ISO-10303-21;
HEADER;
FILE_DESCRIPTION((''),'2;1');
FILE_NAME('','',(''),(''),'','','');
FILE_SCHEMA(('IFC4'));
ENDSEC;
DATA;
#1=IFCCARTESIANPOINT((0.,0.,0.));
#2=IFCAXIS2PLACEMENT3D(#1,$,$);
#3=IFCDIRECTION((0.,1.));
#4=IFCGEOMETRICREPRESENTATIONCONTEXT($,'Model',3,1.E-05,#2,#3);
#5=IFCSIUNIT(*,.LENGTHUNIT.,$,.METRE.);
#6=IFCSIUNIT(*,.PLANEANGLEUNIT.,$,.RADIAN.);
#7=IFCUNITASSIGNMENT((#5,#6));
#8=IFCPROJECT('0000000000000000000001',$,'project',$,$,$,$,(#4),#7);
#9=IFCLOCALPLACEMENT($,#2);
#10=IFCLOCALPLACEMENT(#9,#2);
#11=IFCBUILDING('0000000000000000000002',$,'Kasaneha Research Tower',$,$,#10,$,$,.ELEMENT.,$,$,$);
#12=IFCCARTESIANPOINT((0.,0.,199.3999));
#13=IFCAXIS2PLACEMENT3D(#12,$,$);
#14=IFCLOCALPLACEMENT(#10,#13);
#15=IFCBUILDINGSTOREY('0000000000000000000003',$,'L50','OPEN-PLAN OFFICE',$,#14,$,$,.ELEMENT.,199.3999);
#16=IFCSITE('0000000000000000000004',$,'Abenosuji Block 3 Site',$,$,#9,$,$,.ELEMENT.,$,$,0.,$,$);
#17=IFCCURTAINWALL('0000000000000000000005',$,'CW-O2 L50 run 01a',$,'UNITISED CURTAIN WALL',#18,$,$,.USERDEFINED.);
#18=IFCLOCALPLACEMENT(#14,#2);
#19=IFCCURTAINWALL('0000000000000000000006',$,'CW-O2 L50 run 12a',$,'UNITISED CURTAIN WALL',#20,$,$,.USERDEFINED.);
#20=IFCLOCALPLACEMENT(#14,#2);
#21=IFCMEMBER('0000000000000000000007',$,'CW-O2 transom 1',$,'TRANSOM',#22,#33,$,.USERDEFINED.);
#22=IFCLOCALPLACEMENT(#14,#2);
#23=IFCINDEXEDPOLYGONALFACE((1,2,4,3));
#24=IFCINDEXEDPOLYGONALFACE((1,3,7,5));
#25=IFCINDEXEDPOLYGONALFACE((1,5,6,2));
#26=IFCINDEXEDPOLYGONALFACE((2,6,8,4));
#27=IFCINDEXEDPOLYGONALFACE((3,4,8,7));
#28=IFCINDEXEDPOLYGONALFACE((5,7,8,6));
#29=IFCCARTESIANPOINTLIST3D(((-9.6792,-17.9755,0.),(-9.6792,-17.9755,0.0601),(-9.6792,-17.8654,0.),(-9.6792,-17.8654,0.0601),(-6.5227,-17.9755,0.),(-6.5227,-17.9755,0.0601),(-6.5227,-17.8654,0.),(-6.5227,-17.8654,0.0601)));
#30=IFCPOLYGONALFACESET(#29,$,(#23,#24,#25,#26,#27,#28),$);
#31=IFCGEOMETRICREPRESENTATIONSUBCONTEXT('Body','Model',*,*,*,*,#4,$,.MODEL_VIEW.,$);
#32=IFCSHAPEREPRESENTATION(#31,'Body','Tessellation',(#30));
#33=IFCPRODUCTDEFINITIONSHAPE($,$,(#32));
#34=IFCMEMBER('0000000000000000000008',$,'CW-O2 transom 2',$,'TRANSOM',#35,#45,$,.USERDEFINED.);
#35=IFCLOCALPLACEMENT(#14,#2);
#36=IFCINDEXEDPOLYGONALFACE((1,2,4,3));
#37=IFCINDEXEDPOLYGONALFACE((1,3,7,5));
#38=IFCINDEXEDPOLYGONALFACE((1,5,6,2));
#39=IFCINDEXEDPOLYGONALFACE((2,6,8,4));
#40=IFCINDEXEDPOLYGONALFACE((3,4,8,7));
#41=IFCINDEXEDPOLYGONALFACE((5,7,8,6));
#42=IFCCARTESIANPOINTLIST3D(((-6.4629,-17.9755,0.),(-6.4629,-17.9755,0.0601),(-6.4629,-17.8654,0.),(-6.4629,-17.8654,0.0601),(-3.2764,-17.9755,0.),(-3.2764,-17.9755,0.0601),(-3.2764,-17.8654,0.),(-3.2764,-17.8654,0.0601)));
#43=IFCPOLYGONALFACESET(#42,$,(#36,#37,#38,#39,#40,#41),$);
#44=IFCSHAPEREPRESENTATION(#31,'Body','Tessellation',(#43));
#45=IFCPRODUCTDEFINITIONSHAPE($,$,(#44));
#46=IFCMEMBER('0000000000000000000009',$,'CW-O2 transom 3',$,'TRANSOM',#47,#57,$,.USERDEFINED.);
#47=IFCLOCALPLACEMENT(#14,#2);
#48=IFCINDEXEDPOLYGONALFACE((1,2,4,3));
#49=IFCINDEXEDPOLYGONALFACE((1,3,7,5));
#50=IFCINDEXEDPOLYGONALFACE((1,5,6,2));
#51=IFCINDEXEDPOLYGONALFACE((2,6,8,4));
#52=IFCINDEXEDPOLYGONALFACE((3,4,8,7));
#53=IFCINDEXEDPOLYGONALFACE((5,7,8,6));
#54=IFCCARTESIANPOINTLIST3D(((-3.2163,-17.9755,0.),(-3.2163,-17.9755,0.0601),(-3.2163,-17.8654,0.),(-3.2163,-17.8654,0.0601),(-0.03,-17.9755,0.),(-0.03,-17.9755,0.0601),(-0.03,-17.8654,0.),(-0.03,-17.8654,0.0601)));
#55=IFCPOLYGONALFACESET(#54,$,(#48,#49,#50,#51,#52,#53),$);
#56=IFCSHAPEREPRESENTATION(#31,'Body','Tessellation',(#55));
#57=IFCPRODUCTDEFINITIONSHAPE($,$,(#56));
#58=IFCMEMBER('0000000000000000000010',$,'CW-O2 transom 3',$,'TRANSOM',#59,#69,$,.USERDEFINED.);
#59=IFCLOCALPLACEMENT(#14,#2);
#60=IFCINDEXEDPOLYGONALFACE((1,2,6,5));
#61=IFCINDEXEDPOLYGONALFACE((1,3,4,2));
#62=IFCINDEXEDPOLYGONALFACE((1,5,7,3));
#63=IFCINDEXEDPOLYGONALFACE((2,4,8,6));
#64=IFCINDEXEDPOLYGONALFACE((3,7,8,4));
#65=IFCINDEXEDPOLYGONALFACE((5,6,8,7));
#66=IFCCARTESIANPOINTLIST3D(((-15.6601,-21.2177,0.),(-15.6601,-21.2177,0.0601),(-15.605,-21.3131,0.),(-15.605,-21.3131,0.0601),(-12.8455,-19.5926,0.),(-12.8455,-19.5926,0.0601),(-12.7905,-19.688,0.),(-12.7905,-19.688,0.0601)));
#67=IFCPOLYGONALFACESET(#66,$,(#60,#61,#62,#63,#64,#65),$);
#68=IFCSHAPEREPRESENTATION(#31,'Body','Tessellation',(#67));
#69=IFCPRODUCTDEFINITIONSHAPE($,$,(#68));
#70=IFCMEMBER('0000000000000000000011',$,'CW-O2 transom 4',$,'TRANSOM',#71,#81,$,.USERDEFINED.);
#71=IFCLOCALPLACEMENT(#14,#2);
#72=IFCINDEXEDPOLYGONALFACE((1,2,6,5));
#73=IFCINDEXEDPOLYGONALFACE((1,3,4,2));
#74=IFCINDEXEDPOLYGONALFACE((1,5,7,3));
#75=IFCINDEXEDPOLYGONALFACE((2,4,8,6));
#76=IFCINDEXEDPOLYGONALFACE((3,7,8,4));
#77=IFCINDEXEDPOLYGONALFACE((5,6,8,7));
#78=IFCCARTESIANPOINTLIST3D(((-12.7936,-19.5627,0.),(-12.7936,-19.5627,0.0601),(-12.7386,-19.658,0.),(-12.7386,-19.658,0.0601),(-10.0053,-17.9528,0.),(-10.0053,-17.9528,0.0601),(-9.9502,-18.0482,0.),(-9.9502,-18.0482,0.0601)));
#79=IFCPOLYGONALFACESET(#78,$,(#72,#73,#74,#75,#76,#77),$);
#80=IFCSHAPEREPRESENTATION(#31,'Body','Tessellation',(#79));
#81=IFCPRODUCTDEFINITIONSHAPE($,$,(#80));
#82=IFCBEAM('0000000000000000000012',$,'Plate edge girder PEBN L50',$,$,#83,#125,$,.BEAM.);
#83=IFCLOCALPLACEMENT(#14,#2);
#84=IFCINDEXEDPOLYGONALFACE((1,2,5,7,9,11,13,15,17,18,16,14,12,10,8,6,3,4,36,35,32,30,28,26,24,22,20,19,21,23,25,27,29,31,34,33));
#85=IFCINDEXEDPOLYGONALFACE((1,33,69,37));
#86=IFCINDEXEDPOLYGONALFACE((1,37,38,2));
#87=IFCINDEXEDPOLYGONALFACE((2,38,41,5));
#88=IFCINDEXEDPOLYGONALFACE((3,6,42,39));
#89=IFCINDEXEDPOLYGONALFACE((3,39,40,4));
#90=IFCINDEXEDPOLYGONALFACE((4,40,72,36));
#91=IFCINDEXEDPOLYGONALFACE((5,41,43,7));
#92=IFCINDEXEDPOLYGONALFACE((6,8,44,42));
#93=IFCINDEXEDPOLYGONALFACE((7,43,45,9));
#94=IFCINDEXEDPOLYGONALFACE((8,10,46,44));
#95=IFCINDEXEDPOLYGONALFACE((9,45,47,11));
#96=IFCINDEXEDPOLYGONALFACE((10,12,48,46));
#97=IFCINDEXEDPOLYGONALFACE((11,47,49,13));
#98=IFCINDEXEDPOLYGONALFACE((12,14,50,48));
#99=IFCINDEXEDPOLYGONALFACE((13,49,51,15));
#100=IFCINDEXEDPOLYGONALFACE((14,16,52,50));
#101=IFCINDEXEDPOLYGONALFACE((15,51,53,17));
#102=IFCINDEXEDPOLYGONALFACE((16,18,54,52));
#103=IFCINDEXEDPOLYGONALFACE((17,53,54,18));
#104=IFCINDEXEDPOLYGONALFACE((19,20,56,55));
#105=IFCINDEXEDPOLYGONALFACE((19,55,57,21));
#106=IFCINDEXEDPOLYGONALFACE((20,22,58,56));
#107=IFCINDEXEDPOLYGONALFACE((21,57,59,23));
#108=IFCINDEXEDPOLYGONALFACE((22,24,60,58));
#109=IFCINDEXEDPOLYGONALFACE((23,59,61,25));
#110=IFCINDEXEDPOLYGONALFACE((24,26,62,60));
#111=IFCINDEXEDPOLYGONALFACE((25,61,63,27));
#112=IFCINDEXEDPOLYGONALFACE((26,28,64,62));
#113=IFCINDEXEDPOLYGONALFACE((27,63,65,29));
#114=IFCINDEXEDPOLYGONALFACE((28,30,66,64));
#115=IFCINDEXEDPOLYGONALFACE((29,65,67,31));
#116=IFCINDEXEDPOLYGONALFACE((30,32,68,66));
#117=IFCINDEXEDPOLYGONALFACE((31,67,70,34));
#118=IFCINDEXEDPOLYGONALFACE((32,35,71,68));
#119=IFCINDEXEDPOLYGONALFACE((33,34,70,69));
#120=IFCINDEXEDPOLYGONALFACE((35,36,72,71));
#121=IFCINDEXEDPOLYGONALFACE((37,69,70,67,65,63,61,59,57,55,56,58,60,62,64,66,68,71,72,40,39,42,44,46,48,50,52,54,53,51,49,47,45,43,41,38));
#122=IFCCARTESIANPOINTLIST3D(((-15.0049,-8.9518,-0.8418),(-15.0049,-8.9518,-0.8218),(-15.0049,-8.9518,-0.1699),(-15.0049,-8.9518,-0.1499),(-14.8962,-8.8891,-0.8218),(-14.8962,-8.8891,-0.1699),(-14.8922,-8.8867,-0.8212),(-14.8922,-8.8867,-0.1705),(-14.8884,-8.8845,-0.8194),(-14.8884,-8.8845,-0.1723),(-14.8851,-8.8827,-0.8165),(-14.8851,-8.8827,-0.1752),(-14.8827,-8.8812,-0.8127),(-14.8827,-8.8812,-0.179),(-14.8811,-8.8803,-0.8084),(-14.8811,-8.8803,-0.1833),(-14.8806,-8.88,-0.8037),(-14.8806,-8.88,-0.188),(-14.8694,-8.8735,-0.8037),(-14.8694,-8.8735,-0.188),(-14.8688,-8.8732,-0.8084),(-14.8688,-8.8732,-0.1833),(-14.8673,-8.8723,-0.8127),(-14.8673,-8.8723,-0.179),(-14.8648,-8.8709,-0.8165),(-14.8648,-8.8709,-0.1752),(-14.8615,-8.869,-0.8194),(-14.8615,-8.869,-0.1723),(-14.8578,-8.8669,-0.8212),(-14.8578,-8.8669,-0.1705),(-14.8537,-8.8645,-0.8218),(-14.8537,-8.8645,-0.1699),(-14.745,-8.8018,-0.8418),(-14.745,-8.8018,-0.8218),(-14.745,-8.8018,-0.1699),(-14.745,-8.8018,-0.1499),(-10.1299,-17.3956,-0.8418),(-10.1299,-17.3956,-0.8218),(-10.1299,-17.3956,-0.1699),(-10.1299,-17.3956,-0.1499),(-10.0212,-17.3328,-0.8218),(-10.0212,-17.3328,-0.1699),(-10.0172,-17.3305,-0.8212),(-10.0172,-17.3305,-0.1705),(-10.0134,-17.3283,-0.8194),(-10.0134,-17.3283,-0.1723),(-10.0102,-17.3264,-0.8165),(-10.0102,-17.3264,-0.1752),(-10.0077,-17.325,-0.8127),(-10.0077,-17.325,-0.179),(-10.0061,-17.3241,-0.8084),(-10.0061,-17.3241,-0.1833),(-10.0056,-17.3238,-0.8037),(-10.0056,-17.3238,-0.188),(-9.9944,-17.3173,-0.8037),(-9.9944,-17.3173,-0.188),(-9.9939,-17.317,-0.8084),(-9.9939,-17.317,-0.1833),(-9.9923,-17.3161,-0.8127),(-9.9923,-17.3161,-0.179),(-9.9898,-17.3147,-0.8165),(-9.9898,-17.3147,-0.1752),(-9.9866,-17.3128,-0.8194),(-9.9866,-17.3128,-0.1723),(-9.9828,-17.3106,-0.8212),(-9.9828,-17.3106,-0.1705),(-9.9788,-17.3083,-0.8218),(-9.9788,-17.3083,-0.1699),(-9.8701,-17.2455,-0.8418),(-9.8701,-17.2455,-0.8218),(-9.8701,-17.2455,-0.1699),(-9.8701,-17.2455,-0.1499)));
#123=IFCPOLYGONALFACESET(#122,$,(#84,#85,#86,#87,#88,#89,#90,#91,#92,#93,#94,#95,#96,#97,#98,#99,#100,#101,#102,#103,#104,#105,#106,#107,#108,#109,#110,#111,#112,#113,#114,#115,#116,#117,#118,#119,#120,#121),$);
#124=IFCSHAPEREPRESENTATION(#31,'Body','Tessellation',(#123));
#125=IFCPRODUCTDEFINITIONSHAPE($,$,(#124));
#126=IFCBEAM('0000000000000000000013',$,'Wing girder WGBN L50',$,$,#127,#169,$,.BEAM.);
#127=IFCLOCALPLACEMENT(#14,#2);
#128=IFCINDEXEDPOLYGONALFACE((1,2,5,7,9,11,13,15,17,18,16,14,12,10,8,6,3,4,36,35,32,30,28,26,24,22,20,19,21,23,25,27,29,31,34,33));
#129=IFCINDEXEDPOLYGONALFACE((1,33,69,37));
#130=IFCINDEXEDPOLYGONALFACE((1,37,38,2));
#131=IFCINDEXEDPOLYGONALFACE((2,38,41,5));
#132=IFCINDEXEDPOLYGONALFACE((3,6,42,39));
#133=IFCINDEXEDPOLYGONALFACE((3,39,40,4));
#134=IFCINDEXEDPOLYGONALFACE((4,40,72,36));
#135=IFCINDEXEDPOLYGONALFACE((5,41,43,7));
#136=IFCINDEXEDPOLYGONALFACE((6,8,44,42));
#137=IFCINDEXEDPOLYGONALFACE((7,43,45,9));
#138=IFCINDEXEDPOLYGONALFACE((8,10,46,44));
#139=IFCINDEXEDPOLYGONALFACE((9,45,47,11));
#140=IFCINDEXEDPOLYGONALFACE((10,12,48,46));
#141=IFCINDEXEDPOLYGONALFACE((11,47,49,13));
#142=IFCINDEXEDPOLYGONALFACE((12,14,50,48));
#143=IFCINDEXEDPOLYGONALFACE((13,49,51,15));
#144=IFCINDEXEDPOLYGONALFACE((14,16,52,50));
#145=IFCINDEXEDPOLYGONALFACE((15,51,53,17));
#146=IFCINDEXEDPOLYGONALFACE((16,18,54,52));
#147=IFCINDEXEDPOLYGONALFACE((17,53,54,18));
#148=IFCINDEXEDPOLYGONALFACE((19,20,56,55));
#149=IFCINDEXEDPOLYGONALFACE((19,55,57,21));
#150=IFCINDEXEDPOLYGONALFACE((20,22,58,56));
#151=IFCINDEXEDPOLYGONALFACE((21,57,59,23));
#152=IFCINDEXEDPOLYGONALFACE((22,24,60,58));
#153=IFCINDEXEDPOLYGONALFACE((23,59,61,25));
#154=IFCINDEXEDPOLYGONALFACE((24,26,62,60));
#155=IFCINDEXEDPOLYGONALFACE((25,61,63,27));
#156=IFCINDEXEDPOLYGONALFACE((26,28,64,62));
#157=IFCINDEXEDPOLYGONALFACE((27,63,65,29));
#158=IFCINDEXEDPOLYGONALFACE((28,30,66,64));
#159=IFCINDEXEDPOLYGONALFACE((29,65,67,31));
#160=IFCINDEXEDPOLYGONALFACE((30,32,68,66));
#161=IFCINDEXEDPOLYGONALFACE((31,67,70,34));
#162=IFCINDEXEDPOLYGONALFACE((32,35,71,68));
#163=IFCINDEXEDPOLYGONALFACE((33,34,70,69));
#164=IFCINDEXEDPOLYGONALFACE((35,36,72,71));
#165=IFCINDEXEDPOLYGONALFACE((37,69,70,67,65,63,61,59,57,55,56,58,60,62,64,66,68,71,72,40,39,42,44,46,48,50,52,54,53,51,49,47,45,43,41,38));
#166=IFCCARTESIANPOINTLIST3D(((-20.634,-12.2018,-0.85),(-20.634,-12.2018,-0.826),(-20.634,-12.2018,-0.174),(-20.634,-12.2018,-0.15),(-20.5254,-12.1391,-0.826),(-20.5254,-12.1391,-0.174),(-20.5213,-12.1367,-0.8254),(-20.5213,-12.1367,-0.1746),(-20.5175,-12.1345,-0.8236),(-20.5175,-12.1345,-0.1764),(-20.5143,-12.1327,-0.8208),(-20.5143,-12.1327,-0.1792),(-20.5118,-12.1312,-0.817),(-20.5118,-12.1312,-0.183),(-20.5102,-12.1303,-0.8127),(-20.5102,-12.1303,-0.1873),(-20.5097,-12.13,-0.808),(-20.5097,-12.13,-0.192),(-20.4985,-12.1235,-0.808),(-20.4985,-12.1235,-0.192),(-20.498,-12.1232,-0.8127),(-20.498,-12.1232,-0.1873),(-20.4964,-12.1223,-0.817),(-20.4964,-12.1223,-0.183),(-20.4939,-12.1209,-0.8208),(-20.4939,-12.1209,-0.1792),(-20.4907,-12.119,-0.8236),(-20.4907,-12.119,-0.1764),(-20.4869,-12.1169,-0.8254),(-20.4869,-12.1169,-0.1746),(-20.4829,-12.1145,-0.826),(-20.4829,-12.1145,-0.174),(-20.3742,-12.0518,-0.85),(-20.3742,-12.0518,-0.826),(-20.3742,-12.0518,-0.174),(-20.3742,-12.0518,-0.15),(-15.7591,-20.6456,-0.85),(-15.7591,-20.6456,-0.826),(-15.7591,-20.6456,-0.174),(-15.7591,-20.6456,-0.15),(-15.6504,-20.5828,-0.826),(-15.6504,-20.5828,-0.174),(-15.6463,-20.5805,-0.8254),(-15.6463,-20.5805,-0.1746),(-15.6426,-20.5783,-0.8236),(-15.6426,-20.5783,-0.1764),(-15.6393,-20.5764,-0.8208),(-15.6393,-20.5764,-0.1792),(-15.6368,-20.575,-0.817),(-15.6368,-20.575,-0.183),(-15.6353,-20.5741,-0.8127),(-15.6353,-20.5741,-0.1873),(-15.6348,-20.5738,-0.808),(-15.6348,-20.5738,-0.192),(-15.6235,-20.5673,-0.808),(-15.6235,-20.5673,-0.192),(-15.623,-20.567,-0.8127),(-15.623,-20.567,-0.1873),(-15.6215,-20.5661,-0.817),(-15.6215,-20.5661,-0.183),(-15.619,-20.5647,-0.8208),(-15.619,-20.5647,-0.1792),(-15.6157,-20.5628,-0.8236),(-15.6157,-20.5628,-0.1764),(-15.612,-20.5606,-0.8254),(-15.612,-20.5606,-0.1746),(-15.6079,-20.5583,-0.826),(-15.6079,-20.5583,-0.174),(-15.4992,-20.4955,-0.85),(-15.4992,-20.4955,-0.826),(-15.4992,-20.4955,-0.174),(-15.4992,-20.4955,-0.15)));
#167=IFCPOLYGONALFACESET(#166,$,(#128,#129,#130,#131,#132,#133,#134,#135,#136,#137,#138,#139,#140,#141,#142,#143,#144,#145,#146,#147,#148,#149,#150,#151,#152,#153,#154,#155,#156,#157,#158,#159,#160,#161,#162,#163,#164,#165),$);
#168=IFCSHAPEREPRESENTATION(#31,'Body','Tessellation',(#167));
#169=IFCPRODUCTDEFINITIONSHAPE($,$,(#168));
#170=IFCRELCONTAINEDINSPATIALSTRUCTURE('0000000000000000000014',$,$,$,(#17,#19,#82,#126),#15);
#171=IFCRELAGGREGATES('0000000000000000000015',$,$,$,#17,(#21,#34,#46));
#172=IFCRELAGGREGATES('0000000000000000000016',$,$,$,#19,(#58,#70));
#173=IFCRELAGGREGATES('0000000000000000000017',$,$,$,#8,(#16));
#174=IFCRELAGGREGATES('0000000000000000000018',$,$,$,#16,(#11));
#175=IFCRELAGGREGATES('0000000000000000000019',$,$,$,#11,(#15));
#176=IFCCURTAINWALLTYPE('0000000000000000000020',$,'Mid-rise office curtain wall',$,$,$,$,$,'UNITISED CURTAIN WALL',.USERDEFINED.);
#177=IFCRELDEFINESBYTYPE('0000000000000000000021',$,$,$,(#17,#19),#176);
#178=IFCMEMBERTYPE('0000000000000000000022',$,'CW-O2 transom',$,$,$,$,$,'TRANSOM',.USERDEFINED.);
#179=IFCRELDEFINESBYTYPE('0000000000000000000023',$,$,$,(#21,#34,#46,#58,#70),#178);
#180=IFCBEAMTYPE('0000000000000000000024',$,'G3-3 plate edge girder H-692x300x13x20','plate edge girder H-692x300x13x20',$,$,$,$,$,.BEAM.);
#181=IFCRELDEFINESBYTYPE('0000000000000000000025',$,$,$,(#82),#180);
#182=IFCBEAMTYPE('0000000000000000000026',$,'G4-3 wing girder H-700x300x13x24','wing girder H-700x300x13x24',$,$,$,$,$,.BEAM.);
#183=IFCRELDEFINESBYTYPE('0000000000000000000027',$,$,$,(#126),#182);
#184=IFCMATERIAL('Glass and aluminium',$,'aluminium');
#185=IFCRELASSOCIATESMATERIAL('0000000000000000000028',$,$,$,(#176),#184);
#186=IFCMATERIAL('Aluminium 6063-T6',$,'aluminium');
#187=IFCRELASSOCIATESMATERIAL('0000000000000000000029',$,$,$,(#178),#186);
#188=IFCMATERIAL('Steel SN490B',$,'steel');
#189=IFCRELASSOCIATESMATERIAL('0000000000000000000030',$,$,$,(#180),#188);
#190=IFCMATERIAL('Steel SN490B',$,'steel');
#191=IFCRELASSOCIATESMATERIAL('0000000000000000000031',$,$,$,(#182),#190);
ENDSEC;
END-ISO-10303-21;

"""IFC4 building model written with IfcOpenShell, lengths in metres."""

from ifc_helpers import new_model, si_unit, direction, frame, origin, origin_2d, place, context, subcontext, project, spatial, rectangle, i_section, extrude, material, material_profile, profile_set, type_object, element, aggregate, save


model = new_model("IFC4")

# Units and contexts
model_context = context("Model", 3, precision=1e-05, world=origin(), true_north=direction((0.0, 1.0)))
body_context = subcontext(model_context, "Body", "Model", "MODEL_VIEW")
ifc_project = project(units=[si_unit("LENGTHUNIT", "METRE"), si_unit("PLANEANGLEUNIT", "RADIAN")], contexts=[model_context])

# Site, building, storey
site_placement = place(None, origin())
site = spatial("IfcSite", under=ifc_project, at=site_placement, Name="Abenosuji Block 3 Site", CompositionType="ELEMENT", RefElevation=0.0)
building_placement = place(site_placement, origin())
building = spatial("IfcBuilding", under=site, at=building_placement, Name="Kasaneha Research Tower", CompositionType="ELEMENT")
storey_placement = place(building_placement, frame((0.0, 0.0, 199.3999)))
storey = spatial("IfcBuildingStorey", under=building, at=storey_placement, Name="L50", Description="OPEN-PLAN OFFICE", CompositionType="ELEMENT", Elevation=199.3999)

# Curtain walls
ifc_material_1 = material(Name="Glass and aluminium", Category="aluminium")
curtain_wall_type = type_object("IfcCurtainWallType", Name="Mid-rise office curtain wall", ElementType="UNITISED CURTAIN WALL", PredefinedType="USERDEFINED", material=ifc_material_1)
curtain_wall_1_placement = place(storey_placement, origin())
curtain_wall_1 = element("IfcCurtainWall", 1, at=curtain_wall_1_placement, inside=storey, type_object=curtain_wall_type, Name="CW-O2 L50 run 01a", ObjectType="UNITISED CURTAIN WALL", PredefinedType="USERDEFINED")
curtain_wall_2_placement = place(storey_placement, origin())
curtain_wall_2 = element("IfcCurtainWall", 2, at=curtain_wall_2_placement, inside=storey, type_object=curtain_wall_type, Name="CW-O2 L50 run 12a", ObjectType="UNITISED CURTAIN WALL", PredefinedType="USERDEFINED")

# Members
ifc_material_2 = material(Name="Aluminium 6063-T6", Category="aluminium")
ifc_material_profile_1 = material_profile(ifc_material_2, rectangle(XDim=0.1101, YDim=0.0601, at=origin_2d()), Name="CW-O2 transom 110x60")
ifc_profile_set_1 = profile_set([ifc_material_profile_1], Name="Aluminium 6063-T6")
member_type_1 = type_object("IfcMemberType", Name="CW-O2 transom", ElementType="TRANSOM", PredefinedType="USERDEFINED", material=ifc_profile_set_1)
member_1_placement = place(storey_placement, frame((-9.6792, -17.9204, 0.03), z_axis=(1.0, 0.0, 0.0), x_axis=(0.0, 1.0, 0.0)))
member_1 = element("IfcMember", 3, at=member_1_placement, type_object=member_type_1, Name="CW-O2 transom 1", ObjectType="TRANSOM", PredefinedType="USERDEFINED", context=body_context, shape_type="SweptSolid", body=[
    extrude(rectangle(XDim=0.1101, YDim=0.0601, at=origin_2d()), origin(), (0.0, 0.0, 1.0), 3.1565),
])
member_2_placement = place(storey_placement, frame((-6.4629, -17.9204, 0.03), z_axis=(1.0, 0.0, 0.0), x_axis=(0.0, 1.0, 0.0)))
member_2 = element("IfcMember", 4, at=member_2_placement, type_object=member_type_1, Name="CW-O2 transom 2", ObjectType="TRANSOM", PredefinedType="USERDEFINED", context=body_context, shape_type="SweptSolid", body=[
    extrude(rectangle(XDim=0.1101, YDim=0.0601, at=origin_2d()), origin(), (0.0, 0.0, 1.0), 3.1865),
])
member_3_placement = place(storey_placement, frame((-3.2163, -17.9204, 0.03), z_axis=(1.0, 0.0, 0.0), x_axis=(0.0, 1.0, 0.0)))
member_3 = element("IfcMember", 5, at=member_3_placement, type_object=member_type_1, Name="CW-O2 transom 3", ObjectType="TRANSOM", PredefinedType="USERDEFINED", context=body_context, shape_type="SweptSolid", body=[
    extrude(rectangle(XDim=0.1101, YDim=0.0601, at=origin_2d()), origin(), (0.0, 0.0, 1.0), 3.1863),
])
member_4_placement = place(storey_placement, frame((-15.6326, -21.2654, 0.03), z_axis=(0.866015, 0.500017, 0.0), x_axis=(-0.500017, 0.866015, 0.0)))
member_4 = element("IfcMember", 6, at=member_4_placement, type_object=member_type_1, Name="CW-O2 transom 3", ObjectType="TRANSOM", PredefinedType="USERDEFINED", context=body_context, shape_type="SweptSolid", body=[
    extrude(rectangle(XDim=0.1101, YDim=0.0601, at=origin_2d()), origin(), (0.0, 0.0, 1.0), 3.25),
])
member_5_placement = place(storey_placement, frame((-12.7661, -19.6104, 0.03), z_axis=(0.866023, 0.500005, 0.0), x_axis=(-0.500005, 0.866023, 0.0)))
member_5 = element("IfcMember", 7, at=member_5_placement, type_object=member_type_1, Name="CW-O2 transom 4", ObjectType="TRANSOM", PredefinedType="USERDEFINED", context=body_context, shape_type="SweptSolid", body=[
    extrude(rectangle(XDim=0.1101, YDim=0.0601, at=origin_2d()), origin(), (0.0, 0.0, 1.0), 3.2197),
])

# Beams
ifc_material_3 = material(Name="Steel SN490B", Category="steel")
ifc_material_profile_2 = material_profile(ifc_material_3, i_section(OverallWidth=0.3, OverallDepth=0.6919, WebThickness=0.0129, FlangeThickness=0.02, FilletRadius=0.0181, at=origin_2d()), Name="H-692x300x13x20")
ifc_profile_set_2 = profile_set([ifc_material_profile_2], Name="Steel SN490B")
beam_type_1 = type_object("IfcBeamType", Name="G3-3 plate edge girder H-692x300x13x20", Description="plate edge girder H-692x300x13x20", PredefinedType="BEAM", material=ifc_profile_set_2)
beam_1_placement = place(storey_placement, frame((-10.0, -17.3206, -0.4958), z_axis=(-0.499996, 0.866028, 0.0), x_axis=(-0.866028, -0.499996, 0.0)))
element("IfcBeam", 8, at=beam_1_placement, inside=storey, type_object=beam_type_1, Name="Plate edge girder PEBN L50", PredefinedType="BEAM", context=body_context, shape_type="SweptSolid", body=[
    extrude(i_section(OverallWidth=0.3, OverallDepth=0.6919, WebThickness=0.0129, FlangeThickness=0.02, FilletRadius=0.0181, at=origin_2d()), origin(), (0.0, 0.0, 1.0), 9.75),
])
ifc_material_4 = material(Name="Steel SN490B", Category="steel")
ifc_material_profile_3 = material_profile(ifc_material_4, i_section(OverallWidth=0.3, OverallDepth=0.7, WebThickness=0.0129, FlangeThickness=0.0239, FilletRadius=0.0181, at=origin_2d()), Name="H-700x300x13x24")
ifc_profile_set_3 = profile_set([ifc_material_profile_3], Name="Steel SN490B")
beam_type_2 = type_object("IfcBeamType", Name="G4-3 wing girder H-700x300x13x24", Description="wing girder H-700x300x13x24", PredefinedType="BEAM", material=ifc_profile_set_3)
beam_2_placement = place(storey_placement, frame((-15.6292, -20.5706, -0.5), z_axis=(-0.499996, 0.866028, 0.0), x_axis=(-0.866028, -0.499996, 0.0)))
element("IfcBeam", 9, at=beam_2_placement, inside=storey, type_object=beam_type_2, Name="Wing girder WGBN L50", PredefinedType="BEAM", context=body_context, shape_type="SweptSolid", body=[
    extrude(i_section(OverallWidth=0.3, OverallDepth=0.7, WebThickness=0.0129, FlangeThickness=0.0239, FilletRadius=0.0181, at=origin_2d()), origin(), (0.0, 0.0, 1.0), 9.75),
])

aggregate(curtain_wall_1, [member_1, member_2, member_3])
aggregate(curtain_wall_2, [member_4, member_5])

save(model, "model.ifc")
